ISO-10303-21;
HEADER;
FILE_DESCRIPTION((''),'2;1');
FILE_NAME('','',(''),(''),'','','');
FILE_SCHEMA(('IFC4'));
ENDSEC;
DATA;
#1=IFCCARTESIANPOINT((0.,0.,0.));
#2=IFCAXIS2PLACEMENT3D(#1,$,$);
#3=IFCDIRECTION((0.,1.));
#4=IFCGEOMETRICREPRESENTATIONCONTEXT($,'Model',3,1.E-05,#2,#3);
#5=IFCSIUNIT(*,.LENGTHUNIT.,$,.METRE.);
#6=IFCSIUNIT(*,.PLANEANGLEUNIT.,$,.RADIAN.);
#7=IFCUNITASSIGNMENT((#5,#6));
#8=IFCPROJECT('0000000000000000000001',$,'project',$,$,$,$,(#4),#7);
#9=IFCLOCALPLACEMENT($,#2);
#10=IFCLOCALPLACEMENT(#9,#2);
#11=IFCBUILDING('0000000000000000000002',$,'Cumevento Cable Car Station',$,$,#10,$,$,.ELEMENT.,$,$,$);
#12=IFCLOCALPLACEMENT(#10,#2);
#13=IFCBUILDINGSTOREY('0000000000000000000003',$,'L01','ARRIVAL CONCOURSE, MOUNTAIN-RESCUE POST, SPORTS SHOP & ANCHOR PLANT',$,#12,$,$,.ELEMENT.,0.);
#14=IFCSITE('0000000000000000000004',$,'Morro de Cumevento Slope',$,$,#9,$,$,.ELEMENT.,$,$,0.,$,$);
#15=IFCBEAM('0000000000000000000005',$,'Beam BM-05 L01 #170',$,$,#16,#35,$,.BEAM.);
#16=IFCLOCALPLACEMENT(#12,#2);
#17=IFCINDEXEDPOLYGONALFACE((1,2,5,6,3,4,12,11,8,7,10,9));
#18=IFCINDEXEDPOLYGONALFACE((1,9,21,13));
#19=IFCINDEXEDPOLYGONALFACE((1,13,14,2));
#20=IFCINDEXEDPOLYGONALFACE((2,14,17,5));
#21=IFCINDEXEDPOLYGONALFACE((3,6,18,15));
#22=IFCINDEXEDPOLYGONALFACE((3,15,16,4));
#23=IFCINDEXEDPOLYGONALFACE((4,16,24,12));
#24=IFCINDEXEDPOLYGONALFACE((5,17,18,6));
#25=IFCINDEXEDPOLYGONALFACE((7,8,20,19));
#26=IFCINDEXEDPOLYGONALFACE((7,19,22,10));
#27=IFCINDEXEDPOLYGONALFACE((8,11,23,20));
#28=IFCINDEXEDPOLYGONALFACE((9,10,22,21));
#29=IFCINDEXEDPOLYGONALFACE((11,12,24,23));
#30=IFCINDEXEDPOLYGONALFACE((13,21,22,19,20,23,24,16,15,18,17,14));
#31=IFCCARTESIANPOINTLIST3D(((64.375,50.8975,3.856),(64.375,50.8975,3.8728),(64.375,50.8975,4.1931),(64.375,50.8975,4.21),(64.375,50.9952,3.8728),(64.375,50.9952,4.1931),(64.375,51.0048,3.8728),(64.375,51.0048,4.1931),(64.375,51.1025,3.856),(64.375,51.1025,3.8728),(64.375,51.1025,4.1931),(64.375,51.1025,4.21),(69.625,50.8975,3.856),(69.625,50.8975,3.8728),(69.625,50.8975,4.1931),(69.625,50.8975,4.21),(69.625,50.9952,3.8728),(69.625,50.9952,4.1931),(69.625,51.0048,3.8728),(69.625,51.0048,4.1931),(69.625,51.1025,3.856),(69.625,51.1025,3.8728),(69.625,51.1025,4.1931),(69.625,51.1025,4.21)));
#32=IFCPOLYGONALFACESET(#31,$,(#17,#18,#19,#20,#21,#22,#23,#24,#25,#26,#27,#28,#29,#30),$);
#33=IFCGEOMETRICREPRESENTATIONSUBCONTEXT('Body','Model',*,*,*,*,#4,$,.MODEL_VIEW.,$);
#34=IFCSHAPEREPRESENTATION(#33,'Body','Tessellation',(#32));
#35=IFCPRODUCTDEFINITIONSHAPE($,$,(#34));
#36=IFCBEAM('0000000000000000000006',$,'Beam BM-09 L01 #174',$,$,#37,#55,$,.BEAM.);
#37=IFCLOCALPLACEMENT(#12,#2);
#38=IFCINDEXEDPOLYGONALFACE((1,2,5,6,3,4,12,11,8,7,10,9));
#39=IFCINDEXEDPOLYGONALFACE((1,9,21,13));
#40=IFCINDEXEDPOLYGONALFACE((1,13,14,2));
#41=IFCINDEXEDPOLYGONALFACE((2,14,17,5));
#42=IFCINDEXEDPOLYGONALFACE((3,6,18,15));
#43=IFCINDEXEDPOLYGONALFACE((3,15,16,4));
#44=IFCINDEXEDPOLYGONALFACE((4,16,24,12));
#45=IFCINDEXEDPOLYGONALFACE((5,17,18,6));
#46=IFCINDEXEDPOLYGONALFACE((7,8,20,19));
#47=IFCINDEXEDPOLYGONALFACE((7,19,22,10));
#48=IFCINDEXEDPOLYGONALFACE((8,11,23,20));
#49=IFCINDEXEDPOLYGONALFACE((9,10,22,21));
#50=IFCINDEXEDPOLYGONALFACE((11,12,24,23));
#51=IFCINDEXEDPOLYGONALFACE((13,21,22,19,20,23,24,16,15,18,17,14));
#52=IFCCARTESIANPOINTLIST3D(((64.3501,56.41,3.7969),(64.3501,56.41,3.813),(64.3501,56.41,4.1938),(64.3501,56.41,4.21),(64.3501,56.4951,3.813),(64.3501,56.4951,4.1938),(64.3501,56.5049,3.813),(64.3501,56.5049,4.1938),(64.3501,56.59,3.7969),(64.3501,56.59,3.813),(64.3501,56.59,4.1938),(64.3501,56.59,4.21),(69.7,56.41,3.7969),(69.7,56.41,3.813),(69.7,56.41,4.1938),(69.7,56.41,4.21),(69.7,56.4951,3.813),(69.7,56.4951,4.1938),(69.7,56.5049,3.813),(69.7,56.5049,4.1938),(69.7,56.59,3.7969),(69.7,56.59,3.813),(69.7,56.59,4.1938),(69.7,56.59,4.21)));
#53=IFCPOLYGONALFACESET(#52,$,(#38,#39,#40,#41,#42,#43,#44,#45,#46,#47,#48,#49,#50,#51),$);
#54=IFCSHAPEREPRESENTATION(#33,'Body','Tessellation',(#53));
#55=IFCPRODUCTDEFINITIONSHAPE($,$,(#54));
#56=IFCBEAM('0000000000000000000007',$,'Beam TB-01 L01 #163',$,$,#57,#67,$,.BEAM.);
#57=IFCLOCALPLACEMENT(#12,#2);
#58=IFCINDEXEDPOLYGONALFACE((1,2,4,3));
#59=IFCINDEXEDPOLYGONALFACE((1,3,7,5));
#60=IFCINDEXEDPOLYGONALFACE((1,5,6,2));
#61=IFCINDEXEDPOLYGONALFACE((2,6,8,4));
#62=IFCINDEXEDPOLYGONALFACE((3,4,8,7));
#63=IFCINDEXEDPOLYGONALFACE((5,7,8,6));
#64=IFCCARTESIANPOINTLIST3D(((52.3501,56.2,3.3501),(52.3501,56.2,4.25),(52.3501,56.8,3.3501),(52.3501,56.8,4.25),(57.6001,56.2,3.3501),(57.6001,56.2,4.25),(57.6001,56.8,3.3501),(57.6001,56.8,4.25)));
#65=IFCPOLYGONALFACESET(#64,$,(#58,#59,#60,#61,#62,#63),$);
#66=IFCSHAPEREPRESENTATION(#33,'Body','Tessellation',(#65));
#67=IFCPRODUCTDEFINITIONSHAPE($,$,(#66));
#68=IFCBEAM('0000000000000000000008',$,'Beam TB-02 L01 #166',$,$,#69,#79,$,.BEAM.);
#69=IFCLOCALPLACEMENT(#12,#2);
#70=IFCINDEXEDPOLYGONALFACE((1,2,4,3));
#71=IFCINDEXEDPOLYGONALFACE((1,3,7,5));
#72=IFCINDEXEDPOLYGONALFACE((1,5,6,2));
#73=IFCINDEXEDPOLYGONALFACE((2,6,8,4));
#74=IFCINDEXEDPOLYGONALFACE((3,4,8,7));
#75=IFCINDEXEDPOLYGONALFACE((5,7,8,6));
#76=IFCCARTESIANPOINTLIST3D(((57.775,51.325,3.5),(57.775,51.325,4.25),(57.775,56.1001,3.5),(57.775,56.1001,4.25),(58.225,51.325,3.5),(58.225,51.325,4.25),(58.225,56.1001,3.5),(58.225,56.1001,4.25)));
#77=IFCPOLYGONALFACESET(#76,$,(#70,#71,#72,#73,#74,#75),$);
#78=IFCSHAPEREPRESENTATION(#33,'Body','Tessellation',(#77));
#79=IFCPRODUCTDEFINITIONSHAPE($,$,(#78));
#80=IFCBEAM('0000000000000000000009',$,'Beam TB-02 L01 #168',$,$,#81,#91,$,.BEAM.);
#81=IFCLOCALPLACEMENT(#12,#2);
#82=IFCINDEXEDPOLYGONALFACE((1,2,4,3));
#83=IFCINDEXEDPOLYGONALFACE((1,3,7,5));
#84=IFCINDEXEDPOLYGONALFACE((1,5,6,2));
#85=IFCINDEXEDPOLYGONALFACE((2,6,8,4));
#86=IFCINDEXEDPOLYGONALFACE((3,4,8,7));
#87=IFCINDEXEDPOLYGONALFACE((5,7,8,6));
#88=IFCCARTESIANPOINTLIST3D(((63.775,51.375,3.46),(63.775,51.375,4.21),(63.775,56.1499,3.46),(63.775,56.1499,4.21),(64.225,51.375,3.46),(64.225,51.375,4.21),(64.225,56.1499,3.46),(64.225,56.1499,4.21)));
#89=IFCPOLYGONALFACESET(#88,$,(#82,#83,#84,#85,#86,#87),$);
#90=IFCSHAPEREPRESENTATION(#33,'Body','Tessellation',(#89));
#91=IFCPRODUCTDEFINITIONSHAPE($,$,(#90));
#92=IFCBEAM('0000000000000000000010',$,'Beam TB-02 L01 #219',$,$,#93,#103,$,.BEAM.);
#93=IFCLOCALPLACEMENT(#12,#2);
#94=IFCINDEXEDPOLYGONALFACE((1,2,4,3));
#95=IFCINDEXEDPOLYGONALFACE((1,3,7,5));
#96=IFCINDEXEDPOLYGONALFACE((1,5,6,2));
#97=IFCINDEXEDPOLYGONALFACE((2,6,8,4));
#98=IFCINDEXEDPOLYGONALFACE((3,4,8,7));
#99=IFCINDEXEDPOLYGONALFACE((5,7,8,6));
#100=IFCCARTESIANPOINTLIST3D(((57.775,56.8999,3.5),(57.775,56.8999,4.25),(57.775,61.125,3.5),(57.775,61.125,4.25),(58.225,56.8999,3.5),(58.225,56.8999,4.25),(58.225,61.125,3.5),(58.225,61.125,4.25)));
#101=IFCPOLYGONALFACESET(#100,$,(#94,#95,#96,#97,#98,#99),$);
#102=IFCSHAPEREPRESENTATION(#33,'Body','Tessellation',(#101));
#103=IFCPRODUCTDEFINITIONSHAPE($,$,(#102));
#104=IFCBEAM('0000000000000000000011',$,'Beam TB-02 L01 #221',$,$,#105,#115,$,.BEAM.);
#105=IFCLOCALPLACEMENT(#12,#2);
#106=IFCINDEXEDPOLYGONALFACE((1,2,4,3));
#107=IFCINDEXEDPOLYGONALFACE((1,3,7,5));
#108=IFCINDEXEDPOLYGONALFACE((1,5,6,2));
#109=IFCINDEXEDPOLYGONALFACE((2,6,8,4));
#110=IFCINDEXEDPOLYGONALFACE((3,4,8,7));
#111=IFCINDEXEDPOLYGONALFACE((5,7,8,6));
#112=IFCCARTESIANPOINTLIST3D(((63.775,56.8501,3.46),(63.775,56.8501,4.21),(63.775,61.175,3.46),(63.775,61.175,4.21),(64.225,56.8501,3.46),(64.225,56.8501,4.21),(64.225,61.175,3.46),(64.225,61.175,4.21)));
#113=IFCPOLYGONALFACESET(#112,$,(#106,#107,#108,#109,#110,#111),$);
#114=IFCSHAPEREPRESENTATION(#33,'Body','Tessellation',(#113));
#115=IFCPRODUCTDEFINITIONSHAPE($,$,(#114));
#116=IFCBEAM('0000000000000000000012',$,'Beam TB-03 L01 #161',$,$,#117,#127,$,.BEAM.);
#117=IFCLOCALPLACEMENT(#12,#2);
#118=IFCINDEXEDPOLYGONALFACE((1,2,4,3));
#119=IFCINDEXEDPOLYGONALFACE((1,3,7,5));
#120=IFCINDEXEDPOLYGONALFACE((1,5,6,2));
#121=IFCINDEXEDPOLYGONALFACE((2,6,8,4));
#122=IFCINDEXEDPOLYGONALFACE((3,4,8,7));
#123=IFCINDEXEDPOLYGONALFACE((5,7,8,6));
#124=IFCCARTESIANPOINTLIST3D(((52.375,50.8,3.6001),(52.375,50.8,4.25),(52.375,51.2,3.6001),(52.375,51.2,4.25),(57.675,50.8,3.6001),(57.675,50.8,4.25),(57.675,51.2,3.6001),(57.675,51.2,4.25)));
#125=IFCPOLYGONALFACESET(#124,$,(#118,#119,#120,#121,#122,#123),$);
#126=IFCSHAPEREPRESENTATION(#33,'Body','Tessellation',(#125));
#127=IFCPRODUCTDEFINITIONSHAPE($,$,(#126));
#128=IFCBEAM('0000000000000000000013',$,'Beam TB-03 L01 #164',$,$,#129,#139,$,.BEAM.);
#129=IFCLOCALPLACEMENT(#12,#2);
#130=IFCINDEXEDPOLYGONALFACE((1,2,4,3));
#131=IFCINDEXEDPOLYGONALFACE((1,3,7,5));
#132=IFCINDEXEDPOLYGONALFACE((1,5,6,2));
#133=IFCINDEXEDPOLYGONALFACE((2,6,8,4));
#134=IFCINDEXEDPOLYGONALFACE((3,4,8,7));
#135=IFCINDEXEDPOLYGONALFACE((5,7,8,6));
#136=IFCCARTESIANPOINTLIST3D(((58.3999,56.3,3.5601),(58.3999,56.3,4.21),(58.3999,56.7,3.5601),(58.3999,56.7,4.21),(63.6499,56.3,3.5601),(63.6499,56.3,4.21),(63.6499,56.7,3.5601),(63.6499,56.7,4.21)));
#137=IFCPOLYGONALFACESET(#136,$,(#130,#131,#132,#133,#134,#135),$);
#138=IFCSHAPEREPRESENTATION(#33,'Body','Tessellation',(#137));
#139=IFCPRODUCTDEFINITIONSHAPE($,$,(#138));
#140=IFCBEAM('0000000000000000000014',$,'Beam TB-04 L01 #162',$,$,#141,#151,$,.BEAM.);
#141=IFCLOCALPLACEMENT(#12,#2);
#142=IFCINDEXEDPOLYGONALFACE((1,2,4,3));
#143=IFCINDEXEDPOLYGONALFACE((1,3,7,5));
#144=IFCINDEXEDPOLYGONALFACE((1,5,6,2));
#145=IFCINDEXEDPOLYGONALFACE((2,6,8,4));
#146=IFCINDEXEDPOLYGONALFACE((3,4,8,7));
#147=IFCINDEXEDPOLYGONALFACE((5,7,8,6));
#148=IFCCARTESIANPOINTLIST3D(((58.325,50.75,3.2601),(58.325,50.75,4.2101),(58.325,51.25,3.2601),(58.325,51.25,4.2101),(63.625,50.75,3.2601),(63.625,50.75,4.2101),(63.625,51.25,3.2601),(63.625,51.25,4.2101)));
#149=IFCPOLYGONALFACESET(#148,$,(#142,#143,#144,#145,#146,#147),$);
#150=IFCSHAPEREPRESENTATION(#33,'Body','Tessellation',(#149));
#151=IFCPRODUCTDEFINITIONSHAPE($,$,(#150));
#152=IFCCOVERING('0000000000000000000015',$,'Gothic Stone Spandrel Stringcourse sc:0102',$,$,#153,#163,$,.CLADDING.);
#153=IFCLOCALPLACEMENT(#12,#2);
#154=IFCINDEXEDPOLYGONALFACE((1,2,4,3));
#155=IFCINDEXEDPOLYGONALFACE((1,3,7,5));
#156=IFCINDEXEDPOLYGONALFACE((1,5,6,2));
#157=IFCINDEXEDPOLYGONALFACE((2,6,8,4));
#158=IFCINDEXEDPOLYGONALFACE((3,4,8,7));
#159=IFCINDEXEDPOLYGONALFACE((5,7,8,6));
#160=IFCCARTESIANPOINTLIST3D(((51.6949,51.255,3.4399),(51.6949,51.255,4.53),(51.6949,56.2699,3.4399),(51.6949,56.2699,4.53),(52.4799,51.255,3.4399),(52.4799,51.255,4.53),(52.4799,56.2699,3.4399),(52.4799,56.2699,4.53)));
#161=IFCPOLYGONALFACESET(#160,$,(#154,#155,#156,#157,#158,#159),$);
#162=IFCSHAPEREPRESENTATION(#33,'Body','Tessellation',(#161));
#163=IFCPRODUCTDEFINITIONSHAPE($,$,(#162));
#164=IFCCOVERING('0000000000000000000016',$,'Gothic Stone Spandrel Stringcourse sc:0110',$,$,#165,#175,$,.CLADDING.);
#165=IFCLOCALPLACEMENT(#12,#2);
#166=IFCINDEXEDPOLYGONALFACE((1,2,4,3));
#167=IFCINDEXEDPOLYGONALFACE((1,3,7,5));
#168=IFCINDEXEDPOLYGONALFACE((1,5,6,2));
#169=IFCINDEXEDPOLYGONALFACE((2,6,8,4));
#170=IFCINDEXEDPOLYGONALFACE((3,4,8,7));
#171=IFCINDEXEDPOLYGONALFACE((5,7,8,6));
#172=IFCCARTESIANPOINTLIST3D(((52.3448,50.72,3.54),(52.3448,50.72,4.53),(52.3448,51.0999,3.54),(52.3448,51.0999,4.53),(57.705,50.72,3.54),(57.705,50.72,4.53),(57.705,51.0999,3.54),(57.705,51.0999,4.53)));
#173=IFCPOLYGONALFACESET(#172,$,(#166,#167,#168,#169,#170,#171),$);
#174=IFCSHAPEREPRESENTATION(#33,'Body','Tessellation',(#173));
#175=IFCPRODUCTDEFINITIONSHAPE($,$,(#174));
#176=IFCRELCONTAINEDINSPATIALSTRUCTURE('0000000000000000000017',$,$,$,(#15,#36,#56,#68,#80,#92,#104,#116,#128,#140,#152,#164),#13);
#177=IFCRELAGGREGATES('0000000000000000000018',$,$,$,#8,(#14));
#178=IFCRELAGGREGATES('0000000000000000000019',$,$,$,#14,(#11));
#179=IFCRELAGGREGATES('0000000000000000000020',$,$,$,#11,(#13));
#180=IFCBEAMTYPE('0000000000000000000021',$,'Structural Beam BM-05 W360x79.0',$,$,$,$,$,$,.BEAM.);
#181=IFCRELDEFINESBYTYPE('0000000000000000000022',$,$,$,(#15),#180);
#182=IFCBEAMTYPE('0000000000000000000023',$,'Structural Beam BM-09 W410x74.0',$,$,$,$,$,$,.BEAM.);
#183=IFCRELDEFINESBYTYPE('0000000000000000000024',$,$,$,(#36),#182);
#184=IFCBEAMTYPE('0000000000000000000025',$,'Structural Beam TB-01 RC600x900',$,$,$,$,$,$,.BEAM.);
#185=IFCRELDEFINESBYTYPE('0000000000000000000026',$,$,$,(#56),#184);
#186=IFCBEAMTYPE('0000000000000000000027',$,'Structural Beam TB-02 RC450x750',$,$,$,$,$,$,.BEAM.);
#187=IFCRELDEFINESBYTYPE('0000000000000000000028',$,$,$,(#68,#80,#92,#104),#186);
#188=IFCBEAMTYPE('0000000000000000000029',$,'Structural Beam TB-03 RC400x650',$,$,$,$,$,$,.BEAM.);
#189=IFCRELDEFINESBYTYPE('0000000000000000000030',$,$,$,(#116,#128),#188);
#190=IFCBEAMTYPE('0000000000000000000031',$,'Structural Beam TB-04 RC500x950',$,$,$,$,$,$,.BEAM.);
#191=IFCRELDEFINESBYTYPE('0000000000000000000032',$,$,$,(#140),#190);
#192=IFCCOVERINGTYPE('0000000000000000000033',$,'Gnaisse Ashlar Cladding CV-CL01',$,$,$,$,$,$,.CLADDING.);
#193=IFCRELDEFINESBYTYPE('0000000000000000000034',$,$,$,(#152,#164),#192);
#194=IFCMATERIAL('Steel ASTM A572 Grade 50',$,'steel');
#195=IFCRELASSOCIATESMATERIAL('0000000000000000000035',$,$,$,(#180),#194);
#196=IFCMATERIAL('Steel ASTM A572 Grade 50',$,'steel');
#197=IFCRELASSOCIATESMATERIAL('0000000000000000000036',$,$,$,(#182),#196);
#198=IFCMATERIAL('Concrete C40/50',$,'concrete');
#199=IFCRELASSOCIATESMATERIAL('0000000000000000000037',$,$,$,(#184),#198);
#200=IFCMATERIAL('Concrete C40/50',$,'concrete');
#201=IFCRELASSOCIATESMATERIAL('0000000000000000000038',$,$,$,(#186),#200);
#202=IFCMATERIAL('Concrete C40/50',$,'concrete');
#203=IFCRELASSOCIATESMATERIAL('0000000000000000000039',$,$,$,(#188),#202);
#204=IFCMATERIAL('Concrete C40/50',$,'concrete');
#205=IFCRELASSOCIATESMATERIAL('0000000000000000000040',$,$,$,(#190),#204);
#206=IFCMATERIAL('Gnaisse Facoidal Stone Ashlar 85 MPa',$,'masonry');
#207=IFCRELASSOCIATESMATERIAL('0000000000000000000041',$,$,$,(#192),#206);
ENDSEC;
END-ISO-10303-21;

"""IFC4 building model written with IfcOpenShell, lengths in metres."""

from ifc_helpers import new_model, si_unit, direction, frame, origin, origin_2d, place, context, subcontext, project, spatial, rectangle, i_section, extrude, material, material_profile, profile_set, type_object, element, save


model = new_model("IFC4")

# Units and contexts
model_context = context("Model", 3, precision=1e-05, world=origin(), true_north=direction((0.0, 1.0)))
body_context = subcontext(model_context, "Body", "Model", "MODEL_VIEW")
ifc_project = project(units=[si_unit("LENGTHUNIT", "METRE"), si_unit("PLANEANGLEUNIT", "RADIAN")], contexts=[model_context])

# Site, building, storey
site_placement = place(None, origin())
site = spatial("IfcSite", under=ifc_project, at=site_placement, Name="Morro de Cumevento Slope", CompositionType="ELEMENT", RefElevation=0.0)
building_placement = place(site_placement, origin())
building = spatial("IfcBuilding", under=site, at=building_placement, Name="Cumevento Cable Car Station", CompositionType="ELEMENT")
storey_placement = place(building_placement, origin())
storey = spatial("IfcBuildingStorey", under=building, at=storey_placement, Name="L01", Description="ARRIVAL CONCOURSE, MOUNTAIN-RESCUE POST, SPORTS SHOP & ANCHOR PLANT", CompositionType="ELEMENT", Elevation=0.0)

# Beams
ifc_material_1 = material(Name="Steel ASTM A572 Grade 50", Category="steel")
ifc_material_profile_1 = material_profile(ifc_material_1, i_section(OverallWidth=0.2051, OverallDepth=0.354, WebThickness=0.0095, FlangeThickness=0.0168, at=origin_2d()), Name="W360x79.0")
ifc_profile_set_1 = profile_set([ifc_material_profile_1], Name="Steel ASTM A572 Grade 50")
beam_type_1 = type_object("IfcBeamType", Name="Structural Beam BM-05 W360x79.0", PredefinedType="BEAM", material=ifc_profile_set_1)
beam_1_placement = place(storey_placement, frame((64.375, 51.0, 4.033), z_axis=(1.0, 0.0, 0.0), x_axis=(0.0, 1.0, 0.0)))
element("IfcBeam", 1, at=beam_1_placement, inside=storey, type_object=beam_type_1, Name="Beam BM-05 L01 #170", PredefinedType="BEAM", context=body_context, shape_type="SweptSolid", body=[
    extrude(i_section(OverallWidth=0.2051, OverallDepth=0.354, WebThickness=0.0095, FlangeThickness=0.0168, at=origin_2d()), origin(), (0.0, 0.0, 1.0), 5.25),
])
ifc_material_2 = material(Name="Steel ASTM A572 Grade 50", Category="steel")
ifc_material_profile_2 = material_profile(ifc_material_2, i_section(OverallWidth=0.1799, OverallDepth=0.4131, WebThickness=0.0098, FlangeThickness=0.0161, at=origin_2d()), Name="W410x74.0")
ifc_profile_set_2 = profile_set([ifc_material_profile_2], Name="Steel ASTM A572 Grade 50")
beam_type_2 = type_object("IfcBeamType", Name="Structural Beam BM-09 W410x74.0", PredefinedType="BEAM", material=ifc_profile_set_2)
beam_2_placement = place(storey_placement, frame((64.3501, 56.5, 4.0034), z_axis=(1.0, 0.0, 0.0), x_axis=(0.0, 1.0, 0.0)))
element("IfcBeam", 2, at=beam_2_placement, inside=storey, type_object=beam_type_2, Name="Beam BM-09 L01 #174", PredefinedType="BEAM", context=body_context, shape_type="SweptSolid", body=[
    extrude(i_section(OverallWidth=0.1799, OverallDepth=0.4131, WebThickness=0.0098, FlangeThickness=0.0161, at=origin_2d()), origin(), (0.0, 0.0, 1.0), 5.3499),
])
ifc_material_3 = material(Name="Concrete C40/50", Category="concrete")
ifc_material_profile_3 = material_profile(ifc_material_3, rectangle(XDim=0.6001, YDim=0.8999, at=origin_2d()), Name="RC600x900")
ifc_profile_set_3 = profile_set([ifc_material_profile_3], Name="Concrete C40/50")
beam_type_3 = type_object("IfcBeamType", Name="Structural Beam TB-01 RC600x900", PredefinedType="BEAM", material=ifc_profile_set_3)
beam_3_placement = place(storey_placement, frame((52.3501, 56.5, 3.8), z_axis=(1.0, 0.0, 0.0), x_axis=(0.0, 1.0, 0.0)))
element("IfcBeam", 3, at=beam_3_placement, inside=storey, type_object=beam_type_3, Name="Beam TB-01 L01 #163", PredefinedType="BEAM", context=body_context, shape_type="SweptSolid", body=[
    extrude(rectangle(XDim=0.6001, YDim=0.8999, at=origin_2d()), origin(), (0.0, 0.0, 1.0), 5.25),
])
ifc_material_4 = material(Name="Concrete C40/50", Category="concrete")
ifc_material_profile_4 = material_profile(ifc_material_4, rectangle(XDim=0.45, YDim=0.75, at=origin_2d()), Name="RC450x750")
ifc_profile_set_4 = profile_set([ifc_material_profile_4], Name="Concrete C40/50")
beam_type_4 = type_object("IfcBeamType", Name="Structural Beam TB-02 RC450x750", PredefinedType="BEAM", material=ifc_profile_set_4)
beam_4_placement = place(storey_placement, frame((58.0, 51.325, 3.875), z_axis=(0.0, 1.0, 0.0), x_axis=(-1.0, 0.0, 0.0)))
element("IfcBeam", 4, at=beam_4_placement, inside=storey, type_object=beam_type_4, Name="Beam TB-02 L01 #166", PredefinedType="BEAM", context=body_context, shape_type="SweptSolid", body=[
    extrude(rectangle(XDim=0.45, YDim=0.75, at=origin_2d()), origin(), (0.0, 0.0, 1.0), 4.7751),
])
beam_5_placement = place(storey_placement, frame((64.0, 51.375, 3.835), z_axis=(0.0, 1.0, 0.0), x_axis=(-1.0, 0.0, 0.0)))
element("IfcBeam", 5, at=beam_5_placement, inside=storey, type_object=beam_type_4, Name="Beam TB-02 L01 #168", PredefinedType="BEAM", context=body_context, shape_type="SweptSolid", body=[
    extrude(rectangle(XDim=0.45, YDim=0.75, at=origin_2d()), origin(), (0.0, 0.0, 1.0), 4.7749),
])
beam_6_placement = place(storey_placement, frame((58.0, 56.8999, 3.875), z_axis=(0.0, 1.0, 0.0), x_axis=(-1.0, 0.0, 0.0)))
element("IfcBeam", 6, at=beam_6_placement, inside=storey, type_object=beam_type_4, Name="Beam TB-02 L01 #219", PredefinedType="BEAM", context=body_context, shape_type="SweptSolid", body=[
    extrude(rectangle(XDim=0.45, YDim=0.75, at=origin_2d()), origin(), (0.0, 0.0, 1.0), 4.2251),
])
beam_7_placement = place(storey_placement, frame((64.0, 56.8501, 3.835), z_axis=(0.0, 1.0, 0.0), x_axis=(-1.0, 0.0, 0.0)))
element("IfcBeam", 7, at=beam_7_placement, inside=storey, type_object=beam_type_4, Name="Beam TB-02 L01 #221", PredefinedType="BEAM", context=body_context, shape_type="SweptSolid", body=[
    extrude(rectangle(XDim=0.45, YDim=0.75, at=origin_2d()), origin(), (0.0, 0.0, 1.0), 4.325),
])
ifc_material_5 = material(Name="Concrete C40/50", Category="concrete")
ifc_material_profile_5 = material_profile(ifc_material_5, rectangle(XDim=0.3999, YDim=0.6499, at=origin_2d()), Name="RC400x650")
ifc_profile_set_5 = profile_set([ifc_material_profile_5], Name="Concrete C40/50")
beam_type_5 = type_object("IfcBeamType", Name="Structural Beam TB-03 RC400x650", PredefinedType="BEAM", material=ifc_profile_set_5)
beam_8_placement = place(storey_placement, frame((52.375, 51.0, 3.925), z_axis=(1.0, 0.0, 0.0), x_axis=(0.0, 1.0, 0.0)))
element("IfcBeam", 8, at=beam_8_placement, inside=storey, type_object=beam_type_5, Name="Beam TB-03 L01 #161", PredefinedType="BEAM", context=body_context, shape_type="SweptSolid", body=[
    extrude(rectangle(XDim=0.3999, YDim=0.6499, at=origin_2d()), origin(), (0.0, 0.0, 1.0), 5.3),
])
beam_9_placement = place(storey_placement, frame((58.3999, 56.5, 3.885), z_axis=(1.0, 0.0, 0.0), x_axis=(0.0, 1.0, 0.0)))
element("IfcBeam", 9, at=beam_9_placement, inside=storey, type_object=beam_type_5, Name="Beam TB-03 L01 #164", PredefinedType="BEAM", context=body_context, shape_type="SweptSolid", body=[
    extrude(rectangle(XDim=0.3999, YDim=0.6499, at=origin_2d()), origin(), (0.0, 0.0, 1.0), 5.25),
])
ifc_material_6 = material(Name="Concrete C40/50", Category="concrete")
ifc_material_profile_6 = material_profile(ifc_material_6, rectangle(XDim=0.5, YDim=0.95, at=origin_2d()), Name="RC500x950")
ifc_profile_set_6 = profile_set([ifc_material_profile_6], Name="Concrete C40/50")
beam_type_6 = type_object("IfcBeamType", Name="Structural Beam TB-04 RC500x950", PredefinedType="BEAM", material=ifc_profile_set_6)
beam_10_placement = place(storey_placement, frame((58.325, 51.0, 3.7351), z_axis=(1.0, 0.0, 0.0), x_axis=(0.0, 1.0, 0.0)))
element("IfcBeam", 10, at=beam_10_placement, inside=storey, type_object=beam_type_6, Name="Beam TB-04 L01 #162", PredefinedType="BEAM", context=body_context, shape_type="SweptSolid", body=[
    extrude(rectangle(XDim=0.5, YDim=0.95, at=origin_2d()), origin(), (0.0, 0.0, 1.0), 5.3),
])

# Coverings
ifc_material_7 = material(Name="Gnaisse Facoidal Stone Ashlar 85 MPa", Category="masonry")
covering_type = type_object("IfcCoveringType", Name="Gnaisse Ashlar Cladding CV-CL01", PredefinedType="CLADDING", material=ifc_material_7)
covering_1_placement = place(storey_placement, frame((52.0874, 53.7625, 3.4399), z_axis=(0.0, 0.0, 1.0), x_axis=(0.0, 1.0, 0.0)))
element("IfcCovering", 11, at=covering_1_placement, inside=storey, type_object=covering_type, Name="Gothic Stone Spandrel Stringcourse sc:0102", PredefinedType="CLADDING", context=body_context, shape_type="SweptSolid", body=[
    extrude(rectangle(XDim=5.0149, YDim=0.7849, at=origin_2d()), origin(), (0.0, 0.0, 1.0), 1.0901),
])
covering_2_placement = place(storey_placement, frame((55.0249, 50.9099, 3.54), z_axis=(0.0, 0.0, 1.0), x_axis=(1.0, 0.0, 0.0)))
element("IfcCovering", 12, at=covering_2_placement, inside=storey, type_object=covering_type, Name="Gothic Stone Spandrel Stringcourse sc:0110", PredefinedType="CLADDING", context=body_context, shape_type="SweptSolid", body=[
    extrude(rectangle(XDim=5.3601, YDim=0.3799, at=origin_2d()), origin(), (0.0, 0.0, 1.0), 0.99),
])

save(model, "model.ifc")
